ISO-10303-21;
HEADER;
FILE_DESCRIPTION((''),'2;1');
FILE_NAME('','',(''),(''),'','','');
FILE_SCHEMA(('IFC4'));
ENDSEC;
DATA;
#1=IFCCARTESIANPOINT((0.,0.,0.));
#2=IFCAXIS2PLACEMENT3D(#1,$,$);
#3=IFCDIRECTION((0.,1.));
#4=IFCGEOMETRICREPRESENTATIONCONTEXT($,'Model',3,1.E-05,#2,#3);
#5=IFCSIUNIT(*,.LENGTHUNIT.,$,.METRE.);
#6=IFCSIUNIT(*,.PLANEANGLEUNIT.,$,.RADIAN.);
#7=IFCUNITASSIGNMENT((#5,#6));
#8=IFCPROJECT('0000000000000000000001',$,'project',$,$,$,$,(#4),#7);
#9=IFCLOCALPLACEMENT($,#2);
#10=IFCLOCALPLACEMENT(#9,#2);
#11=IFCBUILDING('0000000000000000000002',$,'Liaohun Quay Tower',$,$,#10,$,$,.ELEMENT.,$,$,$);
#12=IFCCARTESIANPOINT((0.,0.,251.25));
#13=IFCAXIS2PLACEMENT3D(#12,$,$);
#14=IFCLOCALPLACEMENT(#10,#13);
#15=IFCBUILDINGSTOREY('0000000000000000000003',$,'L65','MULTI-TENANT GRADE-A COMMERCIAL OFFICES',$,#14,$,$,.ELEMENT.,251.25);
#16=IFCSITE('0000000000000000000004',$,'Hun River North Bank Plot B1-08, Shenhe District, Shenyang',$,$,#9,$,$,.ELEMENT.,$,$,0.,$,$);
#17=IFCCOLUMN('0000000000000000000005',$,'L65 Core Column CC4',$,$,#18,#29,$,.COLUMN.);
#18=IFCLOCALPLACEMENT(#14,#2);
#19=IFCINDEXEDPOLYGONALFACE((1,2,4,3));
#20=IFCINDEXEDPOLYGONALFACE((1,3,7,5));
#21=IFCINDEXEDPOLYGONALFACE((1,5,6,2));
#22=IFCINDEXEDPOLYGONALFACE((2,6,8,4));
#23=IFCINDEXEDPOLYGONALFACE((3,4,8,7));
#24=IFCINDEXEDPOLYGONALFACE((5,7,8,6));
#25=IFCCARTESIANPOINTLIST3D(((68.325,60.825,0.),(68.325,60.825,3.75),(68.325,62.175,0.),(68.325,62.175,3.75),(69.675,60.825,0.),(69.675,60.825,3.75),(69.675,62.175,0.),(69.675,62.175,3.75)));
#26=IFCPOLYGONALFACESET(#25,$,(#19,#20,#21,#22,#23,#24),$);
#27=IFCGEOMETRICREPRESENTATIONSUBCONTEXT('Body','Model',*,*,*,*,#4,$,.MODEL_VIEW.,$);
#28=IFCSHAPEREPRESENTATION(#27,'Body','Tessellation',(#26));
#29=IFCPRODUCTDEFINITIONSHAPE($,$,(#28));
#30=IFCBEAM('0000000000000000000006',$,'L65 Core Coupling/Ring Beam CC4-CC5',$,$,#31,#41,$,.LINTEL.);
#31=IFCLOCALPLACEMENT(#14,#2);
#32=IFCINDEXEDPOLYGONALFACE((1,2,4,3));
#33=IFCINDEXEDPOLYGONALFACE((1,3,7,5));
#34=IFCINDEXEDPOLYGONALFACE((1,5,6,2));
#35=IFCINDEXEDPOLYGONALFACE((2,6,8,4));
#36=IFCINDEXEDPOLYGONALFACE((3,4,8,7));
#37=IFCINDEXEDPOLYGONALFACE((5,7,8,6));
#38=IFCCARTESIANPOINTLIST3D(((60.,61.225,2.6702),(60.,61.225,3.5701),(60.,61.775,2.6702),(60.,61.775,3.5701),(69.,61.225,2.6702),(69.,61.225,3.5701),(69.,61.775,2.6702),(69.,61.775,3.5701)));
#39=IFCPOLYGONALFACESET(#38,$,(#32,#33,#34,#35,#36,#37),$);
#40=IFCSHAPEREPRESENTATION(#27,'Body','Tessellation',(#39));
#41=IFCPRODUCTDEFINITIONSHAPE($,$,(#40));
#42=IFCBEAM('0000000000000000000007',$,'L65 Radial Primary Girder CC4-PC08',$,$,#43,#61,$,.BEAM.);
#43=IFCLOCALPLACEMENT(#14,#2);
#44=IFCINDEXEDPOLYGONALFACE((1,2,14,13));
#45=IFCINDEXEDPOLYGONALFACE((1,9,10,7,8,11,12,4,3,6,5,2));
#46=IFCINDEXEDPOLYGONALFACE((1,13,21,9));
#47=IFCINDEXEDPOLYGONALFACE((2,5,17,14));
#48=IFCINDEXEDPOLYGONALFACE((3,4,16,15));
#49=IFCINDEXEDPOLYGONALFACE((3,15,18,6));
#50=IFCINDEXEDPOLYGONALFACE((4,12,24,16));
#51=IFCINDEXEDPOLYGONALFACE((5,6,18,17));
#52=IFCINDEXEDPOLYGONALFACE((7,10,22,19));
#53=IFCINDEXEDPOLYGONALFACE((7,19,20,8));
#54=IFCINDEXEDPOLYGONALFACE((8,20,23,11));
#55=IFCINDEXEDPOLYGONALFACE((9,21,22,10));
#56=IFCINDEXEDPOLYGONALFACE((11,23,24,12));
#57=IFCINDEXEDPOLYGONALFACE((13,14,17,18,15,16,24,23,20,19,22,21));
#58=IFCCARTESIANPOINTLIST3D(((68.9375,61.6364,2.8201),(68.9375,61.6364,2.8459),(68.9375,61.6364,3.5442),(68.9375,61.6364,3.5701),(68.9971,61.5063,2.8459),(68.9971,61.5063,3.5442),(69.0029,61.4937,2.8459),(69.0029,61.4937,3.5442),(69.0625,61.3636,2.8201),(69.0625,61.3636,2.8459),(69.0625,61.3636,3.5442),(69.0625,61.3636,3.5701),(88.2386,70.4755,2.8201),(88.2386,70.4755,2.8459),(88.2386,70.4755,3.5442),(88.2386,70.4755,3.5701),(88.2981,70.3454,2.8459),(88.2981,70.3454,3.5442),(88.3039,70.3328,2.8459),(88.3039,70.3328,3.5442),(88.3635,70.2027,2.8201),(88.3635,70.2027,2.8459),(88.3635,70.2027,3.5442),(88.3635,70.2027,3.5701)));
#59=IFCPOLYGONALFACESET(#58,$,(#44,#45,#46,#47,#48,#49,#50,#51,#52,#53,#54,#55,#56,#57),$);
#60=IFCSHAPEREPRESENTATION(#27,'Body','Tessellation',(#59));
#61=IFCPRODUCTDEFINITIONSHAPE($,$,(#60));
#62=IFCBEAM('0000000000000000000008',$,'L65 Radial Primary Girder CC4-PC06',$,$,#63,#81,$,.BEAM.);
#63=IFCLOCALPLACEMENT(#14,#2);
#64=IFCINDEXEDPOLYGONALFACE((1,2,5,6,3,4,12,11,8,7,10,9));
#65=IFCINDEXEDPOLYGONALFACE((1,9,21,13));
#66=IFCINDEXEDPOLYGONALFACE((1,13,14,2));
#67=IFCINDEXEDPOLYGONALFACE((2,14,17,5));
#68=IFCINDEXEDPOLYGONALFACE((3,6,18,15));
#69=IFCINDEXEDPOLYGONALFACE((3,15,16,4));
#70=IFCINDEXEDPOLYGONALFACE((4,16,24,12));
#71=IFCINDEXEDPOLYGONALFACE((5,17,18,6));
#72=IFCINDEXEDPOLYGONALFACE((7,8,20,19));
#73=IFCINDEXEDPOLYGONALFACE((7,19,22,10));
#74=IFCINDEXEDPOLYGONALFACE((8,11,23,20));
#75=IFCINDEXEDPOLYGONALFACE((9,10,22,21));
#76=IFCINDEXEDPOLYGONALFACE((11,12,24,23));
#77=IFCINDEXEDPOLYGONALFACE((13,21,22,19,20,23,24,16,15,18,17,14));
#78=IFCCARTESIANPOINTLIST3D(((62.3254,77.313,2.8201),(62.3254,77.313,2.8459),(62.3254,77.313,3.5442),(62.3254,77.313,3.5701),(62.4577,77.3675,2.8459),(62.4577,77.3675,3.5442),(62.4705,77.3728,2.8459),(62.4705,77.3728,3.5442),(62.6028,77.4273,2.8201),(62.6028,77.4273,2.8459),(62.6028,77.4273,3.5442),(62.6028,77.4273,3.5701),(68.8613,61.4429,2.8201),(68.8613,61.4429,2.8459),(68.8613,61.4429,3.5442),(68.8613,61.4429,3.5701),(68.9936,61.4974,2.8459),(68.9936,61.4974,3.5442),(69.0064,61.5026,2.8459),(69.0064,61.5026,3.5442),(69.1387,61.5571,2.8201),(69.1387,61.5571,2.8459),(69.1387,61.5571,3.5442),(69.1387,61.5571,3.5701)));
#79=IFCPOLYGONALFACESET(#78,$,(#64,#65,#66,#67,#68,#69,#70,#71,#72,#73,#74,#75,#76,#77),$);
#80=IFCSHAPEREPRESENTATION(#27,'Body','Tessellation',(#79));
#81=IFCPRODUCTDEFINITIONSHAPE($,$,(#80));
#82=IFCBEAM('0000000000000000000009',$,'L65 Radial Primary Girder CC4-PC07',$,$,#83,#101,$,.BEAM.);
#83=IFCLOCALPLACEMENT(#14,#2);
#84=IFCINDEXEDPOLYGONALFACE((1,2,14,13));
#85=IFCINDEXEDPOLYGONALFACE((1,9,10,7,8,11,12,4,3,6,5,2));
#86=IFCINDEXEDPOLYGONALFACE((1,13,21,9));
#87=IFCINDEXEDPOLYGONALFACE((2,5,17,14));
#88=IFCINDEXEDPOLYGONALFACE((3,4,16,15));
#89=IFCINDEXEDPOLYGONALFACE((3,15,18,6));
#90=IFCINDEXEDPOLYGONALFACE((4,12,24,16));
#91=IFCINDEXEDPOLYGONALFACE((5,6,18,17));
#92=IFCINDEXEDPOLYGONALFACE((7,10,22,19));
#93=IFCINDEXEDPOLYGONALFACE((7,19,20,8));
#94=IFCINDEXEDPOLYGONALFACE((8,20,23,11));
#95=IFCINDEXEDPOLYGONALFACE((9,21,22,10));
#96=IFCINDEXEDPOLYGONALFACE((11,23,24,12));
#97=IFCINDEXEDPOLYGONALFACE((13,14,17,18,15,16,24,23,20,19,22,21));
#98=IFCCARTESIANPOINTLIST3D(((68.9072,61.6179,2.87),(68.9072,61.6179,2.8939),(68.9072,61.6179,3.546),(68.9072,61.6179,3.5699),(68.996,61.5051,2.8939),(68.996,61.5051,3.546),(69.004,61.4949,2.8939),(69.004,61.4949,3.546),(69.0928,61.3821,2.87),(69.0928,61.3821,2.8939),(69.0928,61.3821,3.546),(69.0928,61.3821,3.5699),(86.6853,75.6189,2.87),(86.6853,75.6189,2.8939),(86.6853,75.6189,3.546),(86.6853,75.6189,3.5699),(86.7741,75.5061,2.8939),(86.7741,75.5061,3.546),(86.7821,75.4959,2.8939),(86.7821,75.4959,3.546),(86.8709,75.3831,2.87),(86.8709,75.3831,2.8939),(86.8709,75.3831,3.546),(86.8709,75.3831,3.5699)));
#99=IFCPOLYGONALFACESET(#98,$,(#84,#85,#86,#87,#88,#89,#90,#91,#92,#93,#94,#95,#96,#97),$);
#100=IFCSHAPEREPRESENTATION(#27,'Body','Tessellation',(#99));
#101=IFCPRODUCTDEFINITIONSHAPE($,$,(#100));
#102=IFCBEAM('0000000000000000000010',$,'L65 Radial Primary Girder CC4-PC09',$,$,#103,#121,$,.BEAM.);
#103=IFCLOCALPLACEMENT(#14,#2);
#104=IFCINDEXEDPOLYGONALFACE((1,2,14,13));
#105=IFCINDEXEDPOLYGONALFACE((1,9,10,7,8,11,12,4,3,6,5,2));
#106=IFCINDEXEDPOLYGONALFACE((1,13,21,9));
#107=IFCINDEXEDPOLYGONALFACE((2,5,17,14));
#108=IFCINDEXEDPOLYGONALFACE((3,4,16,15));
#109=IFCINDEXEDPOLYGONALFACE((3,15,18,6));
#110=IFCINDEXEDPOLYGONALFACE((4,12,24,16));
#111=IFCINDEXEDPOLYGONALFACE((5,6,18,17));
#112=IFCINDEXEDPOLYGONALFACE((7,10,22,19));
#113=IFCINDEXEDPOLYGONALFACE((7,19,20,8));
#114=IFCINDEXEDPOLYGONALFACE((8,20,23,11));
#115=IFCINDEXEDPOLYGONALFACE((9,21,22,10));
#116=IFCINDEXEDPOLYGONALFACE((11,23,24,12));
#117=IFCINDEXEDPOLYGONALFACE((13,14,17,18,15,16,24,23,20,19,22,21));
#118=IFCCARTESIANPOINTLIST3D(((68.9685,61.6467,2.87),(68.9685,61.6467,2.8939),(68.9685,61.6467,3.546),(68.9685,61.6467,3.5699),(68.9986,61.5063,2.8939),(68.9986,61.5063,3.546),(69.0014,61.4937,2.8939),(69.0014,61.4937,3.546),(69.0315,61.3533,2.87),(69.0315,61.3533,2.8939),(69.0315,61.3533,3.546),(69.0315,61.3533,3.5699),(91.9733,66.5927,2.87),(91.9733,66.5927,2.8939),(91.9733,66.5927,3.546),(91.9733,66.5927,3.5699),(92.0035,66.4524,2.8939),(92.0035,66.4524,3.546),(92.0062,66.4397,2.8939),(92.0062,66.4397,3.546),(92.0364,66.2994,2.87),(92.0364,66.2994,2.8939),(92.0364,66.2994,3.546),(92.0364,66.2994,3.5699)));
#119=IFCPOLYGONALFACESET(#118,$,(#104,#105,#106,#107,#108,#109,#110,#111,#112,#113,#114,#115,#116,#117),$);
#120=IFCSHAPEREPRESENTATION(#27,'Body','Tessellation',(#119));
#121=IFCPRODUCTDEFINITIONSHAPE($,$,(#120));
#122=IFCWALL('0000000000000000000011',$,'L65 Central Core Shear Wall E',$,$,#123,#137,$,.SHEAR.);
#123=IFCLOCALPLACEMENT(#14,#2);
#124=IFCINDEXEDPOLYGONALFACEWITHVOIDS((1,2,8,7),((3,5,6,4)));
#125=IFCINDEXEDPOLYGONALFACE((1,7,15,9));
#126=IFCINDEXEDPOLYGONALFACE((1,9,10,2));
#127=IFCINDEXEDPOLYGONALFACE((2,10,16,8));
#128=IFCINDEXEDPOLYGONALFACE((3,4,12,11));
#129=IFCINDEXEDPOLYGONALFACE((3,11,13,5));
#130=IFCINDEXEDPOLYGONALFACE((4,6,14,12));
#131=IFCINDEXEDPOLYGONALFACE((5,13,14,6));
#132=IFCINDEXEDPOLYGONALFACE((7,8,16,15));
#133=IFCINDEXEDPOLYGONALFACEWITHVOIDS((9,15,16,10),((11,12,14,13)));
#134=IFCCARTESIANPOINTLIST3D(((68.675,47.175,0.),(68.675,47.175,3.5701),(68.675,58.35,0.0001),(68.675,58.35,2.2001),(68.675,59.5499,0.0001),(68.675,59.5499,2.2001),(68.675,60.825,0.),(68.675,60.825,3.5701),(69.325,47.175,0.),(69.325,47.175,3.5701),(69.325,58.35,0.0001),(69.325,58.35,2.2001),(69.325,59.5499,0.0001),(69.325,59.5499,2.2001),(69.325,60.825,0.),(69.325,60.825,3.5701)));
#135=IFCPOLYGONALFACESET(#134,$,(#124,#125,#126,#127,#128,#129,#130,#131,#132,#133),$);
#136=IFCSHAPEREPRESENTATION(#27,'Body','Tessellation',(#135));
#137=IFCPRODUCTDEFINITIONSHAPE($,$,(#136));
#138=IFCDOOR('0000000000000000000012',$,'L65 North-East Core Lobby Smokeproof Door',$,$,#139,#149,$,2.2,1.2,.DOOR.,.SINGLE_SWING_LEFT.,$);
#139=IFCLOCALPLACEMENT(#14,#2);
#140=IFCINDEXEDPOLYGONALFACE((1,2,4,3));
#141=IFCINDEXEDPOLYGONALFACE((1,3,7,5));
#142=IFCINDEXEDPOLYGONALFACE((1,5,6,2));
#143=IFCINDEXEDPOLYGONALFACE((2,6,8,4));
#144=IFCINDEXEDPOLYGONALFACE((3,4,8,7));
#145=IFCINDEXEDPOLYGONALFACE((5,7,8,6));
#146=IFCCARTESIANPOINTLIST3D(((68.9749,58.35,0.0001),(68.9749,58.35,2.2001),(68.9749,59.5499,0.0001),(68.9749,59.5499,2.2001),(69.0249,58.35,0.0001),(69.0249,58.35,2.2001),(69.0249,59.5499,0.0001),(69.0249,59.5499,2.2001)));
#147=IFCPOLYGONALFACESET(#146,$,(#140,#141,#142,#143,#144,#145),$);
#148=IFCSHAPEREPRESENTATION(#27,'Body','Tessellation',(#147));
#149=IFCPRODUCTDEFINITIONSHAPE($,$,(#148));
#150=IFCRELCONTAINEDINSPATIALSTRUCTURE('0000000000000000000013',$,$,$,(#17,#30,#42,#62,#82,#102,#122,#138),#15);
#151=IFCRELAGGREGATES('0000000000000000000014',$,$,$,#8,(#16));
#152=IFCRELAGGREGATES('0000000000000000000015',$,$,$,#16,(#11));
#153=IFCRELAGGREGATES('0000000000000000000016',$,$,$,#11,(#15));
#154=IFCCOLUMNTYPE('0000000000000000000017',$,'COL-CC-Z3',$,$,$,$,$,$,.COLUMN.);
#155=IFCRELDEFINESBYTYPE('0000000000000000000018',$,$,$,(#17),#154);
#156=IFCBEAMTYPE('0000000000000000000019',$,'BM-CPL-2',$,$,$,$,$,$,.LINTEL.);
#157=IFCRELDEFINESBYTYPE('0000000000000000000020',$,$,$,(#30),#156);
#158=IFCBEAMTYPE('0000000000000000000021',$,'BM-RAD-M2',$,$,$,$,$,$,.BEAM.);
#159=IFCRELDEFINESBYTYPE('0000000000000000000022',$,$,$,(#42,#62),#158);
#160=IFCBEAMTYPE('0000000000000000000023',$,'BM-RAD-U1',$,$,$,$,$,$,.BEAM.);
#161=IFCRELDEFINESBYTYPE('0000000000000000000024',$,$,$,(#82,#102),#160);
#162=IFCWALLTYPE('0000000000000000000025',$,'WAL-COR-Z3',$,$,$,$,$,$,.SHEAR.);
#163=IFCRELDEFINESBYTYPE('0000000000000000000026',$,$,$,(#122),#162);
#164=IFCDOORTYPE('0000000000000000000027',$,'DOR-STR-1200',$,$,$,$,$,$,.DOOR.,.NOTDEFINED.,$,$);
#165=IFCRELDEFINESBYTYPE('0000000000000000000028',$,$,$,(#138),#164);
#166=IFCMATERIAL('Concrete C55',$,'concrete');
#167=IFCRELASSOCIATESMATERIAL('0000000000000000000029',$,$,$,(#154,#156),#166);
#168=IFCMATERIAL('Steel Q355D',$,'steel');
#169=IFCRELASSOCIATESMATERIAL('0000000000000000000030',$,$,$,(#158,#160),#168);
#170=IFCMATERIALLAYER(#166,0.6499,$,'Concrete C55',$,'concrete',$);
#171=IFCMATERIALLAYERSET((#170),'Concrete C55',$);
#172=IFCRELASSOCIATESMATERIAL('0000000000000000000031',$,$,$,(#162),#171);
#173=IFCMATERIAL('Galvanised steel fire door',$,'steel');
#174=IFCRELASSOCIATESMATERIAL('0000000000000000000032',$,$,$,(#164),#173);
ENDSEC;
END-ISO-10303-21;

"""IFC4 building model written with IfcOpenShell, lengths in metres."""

from ifc_helpers import new_model, si_unit, direction, frame, frame_2d, origin, origin_2d, place, context, subcontext, project, spatial, rectangle, i_section, extrude, source, transform, mapped, material, layer, layer_set, material_profile, profile_set, type_object, element, fill, save


model = new_model("IFC4")

# Units and contexts
model_context = context("Model", 3, precision=1e-05, world=origin(), true_north=direction((0.0, 1.0)))
body_context = subcontext(model_context, "Body", "Model", "MODEL_VIEW")
ifc_project = project(units=[si_unit("LENGTHUNIT", "METRE"), si_unit("PLANEANGLEUNIT", "RADIAN")], contexts=[model_context])

# Site, building, storey
site_placement = place(None, origin())
site = spatial("IfcSite", under=ifc_project, at=site_placement, Name="Hun River North Bank Plot B1-08, Shenhe District, Shenyang", CompositionType="ELEMENT", RefElevation=0.0)
building_placement = place(site_placement, origin())
building = spatial("IfcBuilding", under=site, at=building_placement, Name="Liaohun Quay Tower", CompositionType="ELEMENT")
storey_placement = place(building_placement, frame((0.0, 0.0, 251.25)))
storey = spatial("IfcBuildingStorey", under=building, at=storey_placement, Name="L65", Description="MULTI-TENANT GRADE-A COMMERCIAL OFFICES", CompositionType="ELEMENT", Elevation=251.25)

# Column
ifc_material_1 = material(Name="Concrete C55", Category="concrete")
ifc_material_profile_1 = material_profile(ifc_material_1, rectangle(XDim=1.3501, YDim=1.3501, at=origin_2d()), Name="RC1350x1350")
ifc_profile_set_1 = profile_set([ifc_material_profile_1], Name="Concrete C55")
column_type = type_object("IfcColumnType", Name="COL-CC-Z3", PredefinedType="COLUMN", material=ifc_profile_set_1)
shared_shape_1 = source(origin(), body_context, "Body", "SweptSolid", [
    extrude(rectangle(XDim=1.3501, YDim=1.3501, at=origin_2d()), origin(), (0.0, 0.0, 1.0), 3.75),
])
column_placement = place(storey_placement, frame((69.0, 61.5, 0.0), z_axis=(0.0, 0.0, 1.0), x_axis=(1.0, 0.0, 0.0)))
element("IfcColumn", 1, at=column_placement, inside=storey, type_object=column_type, Name="L65 Core Column CC4", PredefinedType="COLUMN", context=body_context, shape_type="MappedRepresentation", body=[
    mapped(shared_shape_1, transform((0.0, 0.0, 0.0), x_axis=(1.0, 0.0, 0.0), y_axis=(0.0, 1.0, 0.0), z_axis=(0.0, 0.0, 1.0), scale=1.0)),
])

# Beams
ifc_material_profile_2 = material_profile(ifc_material_1, rectangle(XDim=0.55, YDim=0.8999, at=origin_2d()), Name="RC550x900")
ifc_profile_set_2 = profile_set([ifc_material_profile_2], Name="Concrete C55")
beam_type_1 = type_object("IfcBeamType", Name="BM-CPL-2", PredefinedType="LINTEL", material=ifc_profile_set_2)
shared_shape_2 = source(origin(), body_context, "Body", "SweptSolid", [
    extrude(rectangle(XDim=0.55, YDim=0.8999, at=origin_2d()), origin(), (0.0, 0.0, 1.0), 9.0),
])
beam_1_placement = place(storey_placement, frame((69.0, 61.5, 3.1201), z_axis=(-1.0, 0.0, 0.0), x_axis=(0.0, -1.0, 0.0)))
element("IfcBeam", 2, at=beam_1_placement, inside=storey, type_object=beam_type_1, Name="L65 Core Coupling/Ring Beam CC4-CC5", PredefinedType="LINTEL", context=body_context, shape_type="MappedRepresentation", body=[
    mapped(shared_shape_2, transform((0.0, 0.0, 0.0), x_axis=(1.0, 0.0, 0.0), y_axis=(0.0, 1.0, 0.0), z_axis=(0.0, 0.0, 1.0), scale=1.0)),
])
ifc_material_2 = material(Name="Steel Q355D", Category="steel")
ifc_material_profile_3 = material_profile(ifc_material_2, i_section(OverallWidth=0.3, OverallDepth=0.75, WebThickness=0.0139, FlangeThickness=0.0259, at=origin_2d()), Name="HN750x300x14x26")
ifc_profile_set_3 = profile_set([ifc_material_profile_3], Name="Steel Q355D")
beam_type_2 = type_object("IfcBeamType", Name="BM-RAD-M2", PredefinedType="BEAM", material=ifc_profile_set_3)
shared_shape_3 = source(origin(), body_context, "Body", "SweptSolid", [
    extrude(i_section(OverallWidth=0.3, OverallDepth=0.75, WebThickness=0.0139, FlangeThickness=0.0259, at=origin_2d()), origin(), (0.0, 0.0, 1.0), 21.2288),
])
beam_2_placement = place(storey_placement, frame((69.0, 61.5, 3.1951), z_axis=(0.909193, 0.416375, 0.0), x_axis=(-0.416375, 0.909193, 0.0)))
element("IfcBeam", 3, at=beam_2_placement, inside=storey, type_object=beam_type_2, Name="L65 Radial Primary Girder CC4-PC08", PredefinedType="BEAM", context=body_context, shape_type="MappedRepresentation", body=[
    mapped(shared_shape_3, transform((0.0, 0.0, 0.0), x_axis=(1.0, 0.0, 0.0), y_axis=(0.0, 1.0, 0.0), z_axis=(0.0, 0.0, 1.0), scale=1.0)),
])
shared_shape_4 = source(origin(), body_context, "Body", "SweptSolid", [
    extrude(i_section(OverallWidth=0.3, OverallDepth=0.75, WebThickness=0.0139, FlangeThickness=0.0259, at=origin_2d()), origin(), (0.0, 0.0, 1.0), 17.1633),
])
beam_3_placement = place(storey_placement, frame((69.0, 61.5, 3.1951), z_axis=(-0.380806, 0.924655, 0.0), x_axis=(-0.924655, -0.380806, 0.0)))
element("IfcBeam", 4, at=beam_3_placement, inside=storey, type_object=beam_type_2, Name="L65 Radial Primary Girder CC4-PC06", PredefinedType="BEAM", context=body_context, shape_type="MappedRepresentation", body=[
    mapped(shared_shape_4, transform((0.0, 0.0, 0.0), x_axis=(1.0, 0.0, 0.0), y_axis=(0.0, 1.0, 0.0), z_axis=(0.0, 0.0, 1.0), scale=1.0)),
])
ifc_material_profile_4 = material_profile(ifc_material_2, i_section(OverallWidth=0.3, OverallDepth=0.7, WebThickness=0.0129, FlangeThickness=0.0239, at=origin_2d()), Name="HN700x300x13x24")
ifc_profile_set_4 = profile_set([ifc_material_profile_4], Name="Steel Q355D")
beam_type_3 = type_object("IfcBeamType", Name="BM-RAD-U1", PredefinedType="BEAM", material=ifc_profile_set_4)
shared_shape_5 = source(origin(), body_context, "Body", "SweptSolid", [
    extrude(i_section(OverallWidth=0.3, OverallDepth=0.7, WebThickness=0.0129, FlangeThickness=0.0239, at=origin_2d()), origin(), (0.0, 0.0, 1.0), 22.6294),
])
beam_4_placement = place(storey_placement, frame((69.0, 61.5, 3.22), z_axis=(0.78562, 0.618709, 0.0), x_axis=(-0.618709, 0.78562, 0.0)))
element("IfcBeam", 5, at=beam_4_placement, inside=storey, type_object=beam_type_3, Name="L65 Radial Primary Girder CC4-PC07", PredefinedType="BEAM", context=body_context, shape_type="MappedRepresentation", body=[
    mapped(shared_shape_5, transform((0.0, 0.0, 0.0), x_axis=(1.0, 0.0, 0.0), y_axis=(0.0, 1.0, 0.0), z_axis=(0.0, 0.0, 1.0), scale=1.0)),
])
shared_shape_6 = source(origin(), body_context, "Body", "SweptSolid", [
    extrude(i_section(OverallWidth=0.3, OverallDepth=0.7, WebThickness=0.0129, FlangeThickness=0.0239, at=origin_2d()), origin(), (0.0, 0.0, 1.0), 23.5305),
])
beam_5_placement = place(storey_placement, frame((69.0, 61.5, 3.22), z_axis=(0.977659, 0.210197, 0.0), x_axis=(-0.210197, 0.977659, 0.0)))
element("IfcBeam", 6, at=beam_5_placement, inside=storey, type_object=beam_type_3, Name="L65 Radial Primary Girder CC4-PC09", PredefinedType="BEAM", context=body_context, shape_type="MappedRepresentation", body=[
    mapped(shared_shape_6, transform((0.0, 0.0, 0.0), x_axis=(1.0, 0.0, 0.0), y_axis=(0.0, 1.0, 0.0), z_axis=(0.0, 0.0, 1.0), scale=1.0)),
])

# Wall, opening, door
ifc_layer_1 = layer(ifc_material_1, 0.6499, Name="Concrete C55", Category="concrete")
ifc_layer_set_1 = layer_set([ifc_layer_1], Name="Concrete C55")
wall_type_1 = type_object("IfcWallType", Name="WAL-COR-Z3", PredefinedType="SHEAR", material=ifc_layer_set_1)
wall_1_placement = place(storey_placement, frame((69.0, 60.825, 0.0), z_axis=(0.0, 0.0, 1.0), x_axis=(0.0, -1.0, 0.0)))
wall_1 = element("IfcWall", 7, at=wall_1_placement, inside=storey, type_object=wall_type_1, Name="L65 Central Core Shear Wall E", PredefinedType="SHEAR", context=body_context, shape_type="SweptSolid", body=[
    extrude(rectangle(XDim=13.6499, YDim=0.6499, at=frame_2d((6.825, 0.0))), origin(), (0.0, 0.0, 1.0), 3.5701),
])
shared_shape_7 = source(origin(), body_context, "Body", "SweptSolid", [
    extrude(rectangle(XDim=1.2, YDim=2.2, at=frame_2d((0.6001, 1.1001))), frame((0.0, 0.335, 0.0), z_axis=(0.0, -1.0, 0.0), x_axis=(1.0, 0.0, 0.0)), (0.0, 0.0, 1.0), 0.6699),
])
opening_1_placement = place(wall_1_placement, frame((1.2749, 0.0, 0.0)))
opening_1 = element("IfcOpeningElement", 8, at=opening_1_placement, cuts=wall_1, PredefinedType="OPENING", context=body_context, shape_type="MappedRepresentation", body=[
    mapped(shared_shape_7, transform((0.0, 0.0, 0.0), x_axis=(1.0, 0.0, 0.0), y_axis=(0.0, 1.0, 0.0), z_axis=(0.0, 0.0, 1.0), scale=1.0)),
])
ifc_material_3 = material(Name="Galvanised steel fire door", Category="steel")
door_type_1 = type_object("IfcDoorType", Name="DOR-STR-1200", OperationType="NOTDEFINED", PredefinedType="DOOR", material=ifc_material_3)
shared_shape_8 = source(origin(), body_context, "Body", "SweptSolid", [
    extrude(rectangle(XDim=1.2, YDim=2.2, at=frame_2d((0.6001, 1.1001))), frame((0.0, 0.0249, 0.0), z_axis=(0.0, -1.0, 0.0), x_axis=(1.0, 0.0, 0.0)), (0.0, 0.0, 1.0), 0.05),
])
door_1_placement = place(opening_1_placement, origin())
door_1 = element("IfcDoor", 9, at=door_1_placement, inside=storey, type_object=door_type_1, Name="L65 North-East Core Lobby Smokeproof Door", OperationType="SINGLE_SWING_LEFT", OverallHeight=2.2, OverallWidth=1.2, PredefinedType="DOOR", context=body_context, shape_type="MappedRepresentation", body=[
    mapped(shared_shape_8, transform((0.0, 0.0, 0.0), x_axis=(1.0, 0.0, 0.0), y_axis=(0.0, 1.0, 0.0), z_axis=(0.0, 0.0, 1.0), scale=1.0)),
])
fill(opening_1, door_1)

save(model, "model.ifc")
